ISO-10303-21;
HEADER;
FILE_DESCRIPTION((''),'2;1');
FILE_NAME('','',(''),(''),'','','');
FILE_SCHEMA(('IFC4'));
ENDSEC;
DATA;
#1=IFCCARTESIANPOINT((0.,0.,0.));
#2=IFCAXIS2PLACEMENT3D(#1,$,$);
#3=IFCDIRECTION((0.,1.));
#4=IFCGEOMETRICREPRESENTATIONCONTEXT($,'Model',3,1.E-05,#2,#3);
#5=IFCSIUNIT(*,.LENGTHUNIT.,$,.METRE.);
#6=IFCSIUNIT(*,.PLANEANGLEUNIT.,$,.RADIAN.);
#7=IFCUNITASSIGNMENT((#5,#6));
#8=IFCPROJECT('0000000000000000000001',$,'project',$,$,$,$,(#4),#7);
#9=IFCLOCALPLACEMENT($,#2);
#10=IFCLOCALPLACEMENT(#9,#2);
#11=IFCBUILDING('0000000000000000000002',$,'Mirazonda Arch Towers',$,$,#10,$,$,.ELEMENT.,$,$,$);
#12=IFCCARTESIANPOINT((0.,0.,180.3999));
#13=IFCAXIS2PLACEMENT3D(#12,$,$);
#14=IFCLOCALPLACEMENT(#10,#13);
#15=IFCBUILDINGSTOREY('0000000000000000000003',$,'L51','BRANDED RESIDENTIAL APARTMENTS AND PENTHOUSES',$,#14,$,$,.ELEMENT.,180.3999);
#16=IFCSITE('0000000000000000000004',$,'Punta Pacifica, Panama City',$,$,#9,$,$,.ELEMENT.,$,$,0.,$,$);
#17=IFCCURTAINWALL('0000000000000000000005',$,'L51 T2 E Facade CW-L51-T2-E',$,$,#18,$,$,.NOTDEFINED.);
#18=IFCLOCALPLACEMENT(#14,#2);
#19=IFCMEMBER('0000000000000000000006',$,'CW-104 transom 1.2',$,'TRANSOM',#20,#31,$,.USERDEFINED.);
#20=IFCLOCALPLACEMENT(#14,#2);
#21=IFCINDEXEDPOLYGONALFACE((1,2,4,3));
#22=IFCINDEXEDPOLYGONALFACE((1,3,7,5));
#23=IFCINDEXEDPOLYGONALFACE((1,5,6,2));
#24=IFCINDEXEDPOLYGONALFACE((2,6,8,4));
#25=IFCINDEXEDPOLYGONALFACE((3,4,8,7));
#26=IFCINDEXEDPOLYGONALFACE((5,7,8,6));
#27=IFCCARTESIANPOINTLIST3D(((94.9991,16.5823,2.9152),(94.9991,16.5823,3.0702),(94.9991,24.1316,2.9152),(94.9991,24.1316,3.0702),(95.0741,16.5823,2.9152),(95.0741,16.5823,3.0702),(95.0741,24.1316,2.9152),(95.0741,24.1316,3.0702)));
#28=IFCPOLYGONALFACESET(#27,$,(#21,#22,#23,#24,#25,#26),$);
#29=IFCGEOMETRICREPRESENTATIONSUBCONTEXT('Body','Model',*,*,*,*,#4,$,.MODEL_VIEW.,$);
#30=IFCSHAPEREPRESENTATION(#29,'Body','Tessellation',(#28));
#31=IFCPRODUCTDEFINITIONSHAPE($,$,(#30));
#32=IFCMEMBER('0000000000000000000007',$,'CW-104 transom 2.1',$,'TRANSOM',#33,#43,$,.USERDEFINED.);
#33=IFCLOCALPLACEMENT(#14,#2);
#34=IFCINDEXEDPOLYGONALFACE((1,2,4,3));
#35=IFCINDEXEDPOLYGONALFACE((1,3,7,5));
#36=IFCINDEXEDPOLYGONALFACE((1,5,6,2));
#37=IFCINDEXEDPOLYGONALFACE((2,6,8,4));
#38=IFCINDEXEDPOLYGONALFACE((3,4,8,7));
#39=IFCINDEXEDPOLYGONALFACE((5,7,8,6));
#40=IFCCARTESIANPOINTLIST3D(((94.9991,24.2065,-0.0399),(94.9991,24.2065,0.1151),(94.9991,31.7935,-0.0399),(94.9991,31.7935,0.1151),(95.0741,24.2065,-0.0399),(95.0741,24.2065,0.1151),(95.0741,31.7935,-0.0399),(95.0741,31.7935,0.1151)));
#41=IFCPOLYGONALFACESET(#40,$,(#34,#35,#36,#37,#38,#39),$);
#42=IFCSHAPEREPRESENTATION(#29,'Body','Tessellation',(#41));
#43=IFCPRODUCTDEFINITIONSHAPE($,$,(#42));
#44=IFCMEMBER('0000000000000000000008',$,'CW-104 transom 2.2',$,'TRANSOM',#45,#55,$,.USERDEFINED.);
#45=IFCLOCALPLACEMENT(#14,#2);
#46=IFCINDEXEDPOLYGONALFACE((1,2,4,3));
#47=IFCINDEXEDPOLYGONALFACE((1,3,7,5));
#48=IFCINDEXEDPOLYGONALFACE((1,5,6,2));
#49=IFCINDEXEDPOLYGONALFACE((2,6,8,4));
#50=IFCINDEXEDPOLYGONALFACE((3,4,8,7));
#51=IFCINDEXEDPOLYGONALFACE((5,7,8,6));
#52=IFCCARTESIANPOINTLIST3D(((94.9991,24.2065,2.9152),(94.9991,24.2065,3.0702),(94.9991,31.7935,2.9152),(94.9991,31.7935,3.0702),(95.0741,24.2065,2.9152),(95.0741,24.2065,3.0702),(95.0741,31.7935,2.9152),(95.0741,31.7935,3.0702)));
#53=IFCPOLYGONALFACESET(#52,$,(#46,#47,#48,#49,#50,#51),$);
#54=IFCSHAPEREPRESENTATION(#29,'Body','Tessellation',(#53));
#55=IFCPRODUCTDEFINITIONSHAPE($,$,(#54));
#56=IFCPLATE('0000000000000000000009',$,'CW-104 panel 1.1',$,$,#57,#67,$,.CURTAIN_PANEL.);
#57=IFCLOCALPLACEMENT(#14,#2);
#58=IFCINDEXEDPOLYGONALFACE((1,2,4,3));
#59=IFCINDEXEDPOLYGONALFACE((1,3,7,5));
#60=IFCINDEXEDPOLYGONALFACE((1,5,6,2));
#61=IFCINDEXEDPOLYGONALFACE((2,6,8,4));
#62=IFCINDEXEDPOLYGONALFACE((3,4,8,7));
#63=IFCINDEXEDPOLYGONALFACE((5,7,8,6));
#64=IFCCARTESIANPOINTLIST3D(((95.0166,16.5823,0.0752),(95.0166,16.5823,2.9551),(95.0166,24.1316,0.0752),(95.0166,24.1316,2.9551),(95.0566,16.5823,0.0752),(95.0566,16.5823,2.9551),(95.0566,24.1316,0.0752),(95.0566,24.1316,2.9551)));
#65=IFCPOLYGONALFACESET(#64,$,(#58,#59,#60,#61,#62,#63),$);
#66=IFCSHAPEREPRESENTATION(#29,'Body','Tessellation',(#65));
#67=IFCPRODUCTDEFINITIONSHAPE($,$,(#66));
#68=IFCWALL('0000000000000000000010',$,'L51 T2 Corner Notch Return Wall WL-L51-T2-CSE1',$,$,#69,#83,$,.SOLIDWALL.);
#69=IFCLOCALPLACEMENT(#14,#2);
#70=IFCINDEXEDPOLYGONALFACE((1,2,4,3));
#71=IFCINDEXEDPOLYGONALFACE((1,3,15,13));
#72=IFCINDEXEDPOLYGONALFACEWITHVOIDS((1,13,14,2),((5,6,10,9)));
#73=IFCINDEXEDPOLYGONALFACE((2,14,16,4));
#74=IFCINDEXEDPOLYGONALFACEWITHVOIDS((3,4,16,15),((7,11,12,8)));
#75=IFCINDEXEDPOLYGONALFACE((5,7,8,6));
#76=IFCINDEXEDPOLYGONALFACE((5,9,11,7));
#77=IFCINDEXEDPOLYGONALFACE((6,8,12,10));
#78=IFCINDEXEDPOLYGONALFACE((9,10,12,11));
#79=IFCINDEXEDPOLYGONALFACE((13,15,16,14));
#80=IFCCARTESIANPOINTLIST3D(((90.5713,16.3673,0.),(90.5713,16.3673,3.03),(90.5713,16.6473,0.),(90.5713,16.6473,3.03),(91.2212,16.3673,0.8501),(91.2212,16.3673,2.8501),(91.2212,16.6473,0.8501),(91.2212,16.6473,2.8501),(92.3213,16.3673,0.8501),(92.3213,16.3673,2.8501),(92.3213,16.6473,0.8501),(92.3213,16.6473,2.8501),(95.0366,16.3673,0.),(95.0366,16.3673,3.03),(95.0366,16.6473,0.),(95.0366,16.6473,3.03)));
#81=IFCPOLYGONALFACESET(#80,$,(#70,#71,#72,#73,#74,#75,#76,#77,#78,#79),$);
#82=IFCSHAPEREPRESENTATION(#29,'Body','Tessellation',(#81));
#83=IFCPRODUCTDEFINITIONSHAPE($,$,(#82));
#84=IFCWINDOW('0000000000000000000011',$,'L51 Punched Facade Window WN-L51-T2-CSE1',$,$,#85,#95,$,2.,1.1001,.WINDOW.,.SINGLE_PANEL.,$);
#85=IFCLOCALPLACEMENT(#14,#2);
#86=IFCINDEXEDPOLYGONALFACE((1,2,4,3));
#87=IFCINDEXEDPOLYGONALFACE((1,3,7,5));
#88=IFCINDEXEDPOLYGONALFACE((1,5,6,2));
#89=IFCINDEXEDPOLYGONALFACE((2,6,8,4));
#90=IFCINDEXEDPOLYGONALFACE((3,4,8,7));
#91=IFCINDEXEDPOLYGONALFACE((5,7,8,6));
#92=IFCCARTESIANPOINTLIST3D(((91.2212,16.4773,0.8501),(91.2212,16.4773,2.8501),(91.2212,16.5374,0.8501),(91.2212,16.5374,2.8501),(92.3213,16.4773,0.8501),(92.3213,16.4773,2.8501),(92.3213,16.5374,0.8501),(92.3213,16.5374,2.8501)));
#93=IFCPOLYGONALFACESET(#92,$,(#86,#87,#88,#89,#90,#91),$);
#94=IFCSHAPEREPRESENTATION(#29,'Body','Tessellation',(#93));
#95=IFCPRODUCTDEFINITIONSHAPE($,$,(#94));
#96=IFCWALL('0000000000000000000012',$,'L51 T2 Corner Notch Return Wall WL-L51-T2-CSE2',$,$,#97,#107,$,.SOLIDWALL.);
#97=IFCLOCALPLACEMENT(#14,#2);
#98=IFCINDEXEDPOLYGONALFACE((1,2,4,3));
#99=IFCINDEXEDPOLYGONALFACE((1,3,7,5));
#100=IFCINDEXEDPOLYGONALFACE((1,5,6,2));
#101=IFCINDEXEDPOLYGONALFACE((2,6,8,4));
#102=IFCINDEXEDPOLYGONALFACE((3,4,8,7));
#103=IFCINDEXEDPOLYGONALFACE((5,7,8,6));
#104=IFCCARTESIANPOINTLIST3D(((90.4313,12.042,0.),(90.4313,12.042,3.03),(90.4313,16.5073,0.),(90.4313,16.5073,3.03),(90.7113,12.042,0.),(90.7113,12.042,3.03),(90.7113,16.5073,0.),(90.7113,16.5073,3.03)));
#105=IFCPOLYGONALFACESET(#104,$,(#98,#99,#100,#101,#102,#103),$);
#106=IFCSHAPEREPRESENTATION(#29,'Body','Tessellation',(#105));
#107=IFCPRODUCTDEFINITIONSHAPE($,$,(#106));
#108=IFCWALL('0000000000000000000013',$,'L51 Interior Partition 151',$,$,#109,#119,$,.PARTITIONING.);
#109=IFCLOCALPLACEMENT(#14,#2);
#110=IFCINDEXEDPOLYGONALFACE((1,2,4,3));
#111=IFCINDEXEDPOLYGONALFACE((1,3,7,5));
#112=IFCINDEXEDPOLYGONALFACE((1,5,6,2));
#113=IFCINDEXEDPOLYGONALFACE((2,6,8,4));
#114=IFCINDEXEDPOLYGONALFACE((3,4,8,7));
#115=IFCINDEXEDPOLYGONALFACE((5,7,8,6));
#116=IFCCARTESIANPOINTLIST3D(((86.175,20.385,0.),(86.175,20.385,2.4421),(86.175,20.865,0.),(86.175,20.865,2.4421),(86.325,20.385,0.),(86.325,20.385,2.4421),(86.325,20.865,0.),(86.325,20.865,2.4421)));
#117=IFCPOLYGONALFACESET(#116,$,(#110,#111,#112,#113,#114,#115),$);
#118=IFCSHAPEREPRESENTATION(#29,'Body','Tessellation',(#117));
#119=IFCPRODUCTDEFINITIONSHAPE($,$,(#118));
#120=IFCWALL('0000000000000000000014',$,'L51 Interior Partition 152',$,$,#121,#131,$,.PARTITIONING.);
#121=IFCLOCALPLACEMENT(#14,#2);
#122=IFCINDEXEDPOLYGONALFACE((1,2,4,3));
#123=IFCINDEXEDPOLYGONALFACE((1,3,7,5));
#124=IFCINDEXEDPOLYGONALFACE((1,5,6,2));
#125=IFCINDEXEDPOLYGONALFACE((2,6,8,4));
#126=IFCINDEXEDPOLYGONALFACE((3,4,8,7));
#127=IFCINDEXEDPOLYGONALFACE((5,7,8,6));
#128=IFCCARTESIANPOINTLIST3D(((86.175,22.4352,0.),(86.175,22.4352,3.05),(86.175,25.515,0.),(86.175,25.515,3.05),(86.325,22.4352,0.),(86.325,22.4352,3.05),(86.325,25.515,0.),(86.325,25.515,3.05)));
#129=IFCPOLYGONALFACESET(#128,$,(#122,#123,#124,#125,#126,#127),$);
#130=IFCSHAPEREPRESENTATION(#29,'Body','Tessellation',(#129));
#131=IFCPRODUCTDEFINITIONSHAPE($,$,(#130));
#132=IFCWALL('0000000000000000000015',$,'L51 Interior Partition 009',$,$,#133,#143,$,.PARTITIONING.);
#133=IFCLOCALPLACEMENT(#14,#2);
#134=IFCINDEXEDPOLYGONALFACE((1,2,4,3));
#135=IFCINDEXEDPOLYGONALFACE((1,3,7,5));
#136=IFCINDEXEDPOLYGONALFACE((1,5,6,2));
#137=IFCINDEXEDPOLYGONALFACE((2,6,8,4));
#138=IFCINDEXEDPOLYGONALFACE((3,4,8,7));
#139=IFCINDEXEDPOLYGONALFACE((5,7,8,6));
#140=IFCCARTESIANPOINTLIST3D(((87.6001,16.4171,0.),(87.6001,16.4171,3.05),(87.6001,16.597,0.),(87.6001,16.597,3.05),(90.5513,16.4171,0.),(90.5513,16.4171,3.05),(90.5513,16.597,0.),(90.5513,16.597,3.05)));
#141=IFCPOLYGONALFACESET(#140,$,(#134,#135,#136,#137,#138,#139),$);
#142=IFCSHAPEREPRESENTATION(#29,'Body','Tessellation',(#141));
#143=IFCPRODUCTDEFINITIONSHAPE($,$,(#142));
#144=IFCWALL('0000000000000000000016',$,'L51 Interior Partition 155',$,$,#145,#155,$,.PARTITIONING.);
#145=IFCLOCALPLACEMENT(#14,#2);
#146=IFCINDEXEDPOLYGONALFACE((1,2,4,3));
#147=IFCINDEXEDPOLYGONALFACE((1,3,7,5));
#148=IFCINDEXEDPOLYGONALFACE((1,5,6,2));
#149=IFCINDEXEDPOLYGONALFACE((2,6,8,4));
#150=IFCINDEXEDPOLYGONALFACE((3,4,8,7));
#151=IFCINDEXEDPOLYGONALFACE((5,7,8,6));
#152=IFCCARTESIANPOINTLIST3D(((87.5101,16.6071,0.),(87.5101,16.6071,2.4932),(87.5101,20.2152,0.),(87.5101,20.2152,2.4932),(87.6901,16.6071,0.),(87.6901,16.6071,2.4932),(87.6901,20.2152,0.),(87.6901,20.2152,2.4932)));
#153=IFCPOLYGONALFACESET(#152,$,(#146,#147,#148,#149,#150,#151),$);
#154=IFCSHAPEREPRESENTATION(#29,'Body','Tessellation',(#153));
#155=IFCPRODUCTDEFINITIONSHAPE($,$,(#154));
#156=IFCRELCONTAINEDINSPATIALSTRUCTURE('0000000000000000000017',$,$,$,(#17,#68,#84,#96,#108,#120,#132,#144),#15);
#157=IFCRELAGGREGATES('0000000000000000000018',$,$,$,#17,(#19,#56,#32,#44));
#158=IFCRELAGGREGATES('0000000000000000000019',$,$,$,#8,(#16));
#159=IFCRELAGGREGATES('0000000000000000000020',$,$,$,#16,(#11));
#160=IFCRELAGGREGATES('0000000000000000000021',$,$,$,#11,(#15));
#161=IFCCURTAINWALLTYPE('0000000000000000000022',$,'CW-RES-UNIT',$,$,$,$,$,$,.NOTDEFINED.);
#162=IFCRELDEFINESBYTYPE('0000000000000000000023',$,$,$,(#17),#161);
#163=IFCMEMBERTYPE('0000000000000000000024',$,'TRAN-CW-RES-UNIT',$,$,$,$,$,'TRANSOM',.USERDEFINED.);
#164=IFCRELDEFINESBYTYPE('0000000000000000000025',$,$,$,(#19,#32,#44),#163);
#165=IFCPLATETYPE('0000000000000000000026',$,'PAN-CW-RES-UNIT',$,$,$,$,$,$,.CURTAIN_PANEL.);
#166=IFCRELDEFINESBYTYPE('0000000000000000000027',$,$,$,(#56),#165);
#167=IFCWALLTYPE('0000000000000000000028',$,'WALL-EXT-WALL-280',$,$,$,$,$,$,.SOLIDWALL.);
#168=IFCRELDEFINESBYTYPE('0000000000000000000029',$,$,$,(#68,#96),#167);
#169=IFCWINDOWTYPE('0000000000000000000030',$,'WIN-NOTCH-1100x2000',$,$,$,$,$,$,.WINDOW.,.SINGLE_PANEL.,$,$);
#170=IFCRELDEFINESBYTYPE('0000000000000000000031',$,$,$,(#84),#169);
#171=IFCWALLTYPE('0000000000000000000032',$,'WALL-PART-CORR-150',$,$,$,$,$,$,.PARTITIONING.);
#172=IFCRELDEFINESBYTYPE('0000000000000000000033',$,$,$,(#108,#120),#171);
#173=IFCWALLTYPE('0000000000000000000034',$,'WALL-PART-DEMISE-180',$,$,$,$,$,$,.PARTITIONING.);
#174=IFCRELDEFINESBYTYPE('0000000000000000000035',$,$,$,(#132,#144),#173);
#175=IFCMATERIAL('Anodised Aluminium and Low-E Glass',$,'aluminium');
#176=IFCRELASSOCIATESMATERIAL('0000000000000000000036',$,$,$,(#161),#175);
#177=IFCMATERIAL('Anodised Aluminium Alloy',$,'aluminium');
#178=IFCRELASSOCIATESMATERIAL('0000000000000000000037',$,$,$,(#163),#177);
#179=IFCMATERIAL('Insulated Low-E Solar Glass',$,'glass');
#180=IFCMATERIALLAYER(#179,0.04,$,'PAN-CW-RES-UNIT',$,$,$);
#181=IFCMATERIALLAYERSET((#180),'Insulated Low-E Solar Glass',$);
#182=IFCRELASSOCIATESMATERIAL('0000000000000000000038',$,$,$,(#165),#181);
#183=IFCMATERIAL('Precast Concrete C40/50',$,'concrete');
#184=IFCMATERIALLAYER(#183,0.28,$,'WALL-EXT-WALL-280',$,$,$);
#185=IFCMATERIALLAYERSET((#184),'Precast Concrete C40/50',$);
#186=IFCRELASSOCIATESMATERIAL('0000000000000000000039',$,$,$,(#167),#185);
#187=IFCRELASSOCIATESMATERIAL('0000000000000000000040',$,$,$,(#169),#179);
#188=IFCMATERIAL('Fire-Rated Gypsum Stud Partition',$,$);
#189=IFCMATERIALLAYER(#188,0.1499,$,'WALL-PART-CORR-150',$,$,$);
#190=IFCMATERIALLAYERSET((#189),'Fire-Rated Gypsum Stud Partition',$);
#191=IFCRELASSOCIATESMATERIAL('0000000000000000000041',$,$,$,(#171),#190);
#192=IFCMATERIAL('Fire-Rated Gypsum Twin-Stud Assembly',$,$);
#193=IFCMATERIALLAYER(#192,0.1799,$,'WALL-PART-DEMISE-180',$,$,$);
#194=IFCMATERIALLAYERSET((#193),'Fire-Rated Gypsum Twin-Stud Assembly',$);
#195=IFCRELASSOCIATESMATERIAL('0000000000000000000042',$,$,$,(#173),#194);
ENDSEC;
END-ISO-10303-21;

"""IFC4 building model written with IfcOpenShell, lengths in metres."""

from ifc_helpers import new_model, si_unit, direction, frame, frame_2d, origin, origin_2d, place, context, subcontext, project, spatial, rectangle, extrude, material, layer, layer_set, material_profile, profile_set, type_object, element, fill, aggregate, save


model = new_model("IFC4")

# Units and contexts
model_context = context("Model", 3, precision=1e-05, world=origin(), true_north=direction((0.0, 1.0)))
body_context = subcontext(model_context, "Body", "Model", "MODEL_VIEW")
ifc_project = project(units=[si_unit("LENGTHUNIT", "METRE"), si_unit("PLANEANGLEUNIT", "RADIAN")], contexts=[model_context])

# Site, building, storey
site_placement = place(None, origin())
site = spatial("IfcSite", under=ifc_project, at=site_placement, Name="Punta Pacifica, Panama City", CompositionType="ELEMENT", RefElevation=0.0)
building_placement = place(site_placement, origin())
building = spatial("IfcBuilding", under=site, at=building_placement, Name="Mirazonda Arch Towers", CompositionType="ELEMENT")
storey_placement = place(building_placement, frame((0.0, 0.0, 180.3999)))
storey = spatial("IfcBuildingStorey", under=building, at=storey_placement, Name="L51", Description="BRANDED RESIDENTIAL APARTMENTS AND PENTHOUSES", CompositionType="ELEMENT", Elevation=180.3999)

# Shared definitions
ifc_material_1 = material(Name="Anodised Aluminium and Low-E Glass", Category="aluminium")
curtain_wall_type = type_object("IfcCurtainWallType", Name="CW-RES-UNIT", PredefinedType="NOTDEFINED", material=ifc_material_1)
ifc_material_2 = material(Name="Anodised Aluminium Alloy", Category="aluminium")

# Curtain wall
curtain_wall_1_placement = place(storey_placement, origin())
curtain_wall_1 = element("IfcCurtainWall", 1, at=curtain_wall_1_placement, inside=storey, type_object=curtain_wall_type, Name="L51 T2 E Facade CW-L51-T2-E", PredefinedType="NOTDEFINED")

# Members
ifc_material_profile_1 = material_profile(ifc_material_2, rectangle(XDim=0.075, YDim=0.155, at=origin_2d()), Name="ALU-TRAN-75x155")
ifc_profile_set_1 = profile_set([ifc_material_profile_1], Name="Anodised Aluminium Alloy")
member_type_1 = type_object("IfcMemberType", Name="TRAN-CW-RES-UNIT", ElementType="TRANSOM", PredefinedType="USERDEFINED", material=ifc_profile_set_1)
member_1_placement = place(storey_placement, frame((95.0366, 16.5823, 2.9927), z_axis=(0.0, 1.0, 0.0), x_axis=(-1.0, 0.0, 0.0)))
member_1 = element("IfcMember", 2, at=member_1_placement, type_object=member_type_1, Name="CW-104 transom 1.2", ObjectType="TRANSOM", PredefinedType="USERDEFINED", context=body_context, shape_type="SweptSolid", body=[
    extrude(rectangle(XDim=0.075, YDim=0.155, at=origin_2d()), origin(), (0.0, 0.0, 1.0), 7.5493),
])
member_2_placement = place(storey_placement, frame((95.0366, 24.2065, 0.0376), z_axis=(0.0, 1.0, 0.0), x_axis=(-1.0, 0.0, 0.0)))
member_2 = element("IfcMember", 3, at=member_2_placement, type_object=member_type_1, Name="CW-104 transom 2.1", ObjectType="TRANSOM", PredefinedType="USERDEFINED", context=body_context, shape_type="SweptSolid", body=[
    extrude(rectangle(XDim=0.075, YDim=0.155, at=origin_2d()), origin(), (0.0, 0.0, 1.0), 7.5869),
])
member_3_placement = place(storey_placement, frame((95.0366, 24.2065, 2.9927), z_axis=(0.0, 1.0, 0.0), x_axis=(-1.0, 0.0, 0.0)))
member_3 = element("IfcMember", 4, at=member_3_placement, type_object=member_type_1, Name="CW-104 transom 2.2", ObjectType="TRANSOM", PredefinedType="USERDEFINED", context=body_context, shape_type="SweptSolid", body=[
    extrude(rectangle(XDim=0.075, YDim=0.155, at=origin_2d()), origin(), (0.0, 0.0, 1.0), 7.5869),
])

# Plate
ifc_material_3 = material(Name="Insulated Low-E Solar Glass", Category="glass")
ifc_layer_1 = layer(ifc_material_3, 0.04, Name="PAN-CW-RES-UNIT")
ifc_layer_set_1 = layer_set([ifc_layer_1], Name="Insulated Low-E Solar Glass")
plate_type = type_object("IfcPlateType", Name="PAN-CW-RES-UNIT", PredefinedType="CURTAIN_PANEL", material=ifc_layer_set_1)
plate_placement = place(storey_placement, frame((95.0366, 20.3569, 0.0752), z_axis=(0.0, 0.0, 1.0), x_axis=(0.0, 1.0, 0.0)))
plate = element("IfcPlate", 5, at=plate_placement, type_object=plate_type, Name="CW-104 panel 1.1", PredefinedType="CURTAIN_PANEL", context=body_context, shape_type="SweptSolid", body=[
    extrude(rectangle(XDim=7.5493, YDim=0.04, at=origin_2d()), origin(), (0.0, 0.0, 1.0), 2.8799),
])
aggregate(curtain_wall_1, [member_1, plate, member_2, member_3])

# Wall, opening, window
ifc_material_4 = material(Name="Precast Concrete C40/50", Category="concrete")
ifc_layer_2 = layer(ifc_material_4, 0.28, Name="WALL-EXT-WALL-280")
ifc_layer_set_2 = layer_set([ifc_layer_2], Name="Precast Concrete C40/50")
wall_type_1 = type_object("IfcWallType", Name="WALL-EXT-WALL-280", PredefinedType="SOLIDWALL", material=ifc_layer_set_2)
wall_1_placement = place(storey_placement, frame((90.5713, 16.5073, 0.0), z_axis=(0.0, 0.0, 1.0), x_axis=(1.0, 0.0, 0.0)))
wall_1 = element("IfcWall", 6, at=wall_1_placement, inside=storey, type_object=wall_type_1, Name="L51 T2 Corner Notch Return Wall WL-L51-T2-CSE1", PredefinedType="SOLIDWALL", context=body_context, shape_type="SweptSolid", body=[
    extrude(rectangle(XDim=4.4653, YDim=0.28, at=frame_2d((2.2327, 0.0))), origin(), (0.0, 0.0, 1.0), 3.03),
])
opening_1_placement = place(wall_1_placement, frame((0.6499, 0.0, 0.8501)))
opening_1 = element("IfcOpeningElement", 7, at=opening_1_placement, cuts=wall_1, PredefinedType="OPENING", context=body_context, shape_type="SweptSolid", body=[
    extrude(rectangle(XDim=1.1001, YDim=2.0, at=frame_2d((0.55, 1.0))), frame((0.0, 0.1499, 0.0), z_axis=(0.0, -1.0, 0.0), x_axis=(1.0, 0.0, 0.0)), (0.0, 0.0, 1.0), 0.3),
])
window_type = type_object("IfcWindowType", Name="WIN-NOTCH-1100x2000", PartitioningType="SINGLE_PANEL", PredefinedType="WINDOW", material=ifc_material_3)
window_placement = place(opening_1_placement, origin())
window = element("IfcWindow", 8, at=window_placement, inside=storey, type_object=window_type, Name="L51 Punched Facade Window WN-L51-T2-CSE1", OverallHeight=2.0, OverallWidth=1.1001, PartitioningType="SINGLE_PANEL", PredefinedType="WINDOW", context=body_context, shape_type="SweptSolid", body=[
    extrude(rectangle(XDim=1.1001, YDim=2.0, at=frame_2d((0.55, 1.0))), frame((0.0, 0.03, 0.0), z_axis=(0.0, -1.0, 0.0), x_axis=(1.0, 0.0, 0.0)), (0.0, 0.0, 1.0), 0.0601),
])
fill(opening_1, window)

# Walls
wall_2_placement = place(storey_placement, frame((90.5713, 12.042, 0.0), z_axis=(0.0, 0.0, 1.0), x_axis=(0.0, 1.0, 0.0)))
element("IfcWall", 9, at=wall_2_placement, inside=storey, type_object=wall_type_1, Name="L51 T2 Corner Notch Return Wall WL-L51-T2-CSE2", PredefinedType="SOLIDWALL", context=body_context, shape_type="SweptSolid", body=[
    extrude(rectangle(XDim=4.4653, YDim=0.28, at=frame_2d((2.2327, 0.0))), origin(), (0.0, 0.0, 1.0), 3.03),
])
ifc_material_5 = material(Name="Fire-Rated Gypsum Stud Partition")
ifc_layer_3 = layer(ifc_material_5, 0.1499, Name="WALL-PART-CORR-150")
ifc_layer_set_3 = layer_set([ifc_layer_3], Name="Fire-Rated Gypsum Stud Partition")
wall_type_2 = type_object("IfcWallType", Name="WALL-PART-CORR-150", PredefinedType="PARTITIONING", material=ifc_layer_set_3)
wall_3_placement = place(storey_placement, frame((86.25, 20.385, 0.0), z_axis=(0.0, 0.0, 1.0), x_axis=(0.0, 1.0, 0.0)))
element("IfcWall", 10, at=wall_3_placement, inside=storey, type_object=wall_type_2, Name="L51 Interior Partition 151", PredefinedType="PARTITIONING", context=body_context, shape_type="SweptSolid", body=[
    extrude(rectangle(XDim=0.48, YDim=0.1499, at=frame_2d((0.24, 0.0))), origin(), (0.0, 0.0, 1.0), 2.4421),
])
wall_4_placement = place(storey_placement, frame((86.25, 22.4351, 0.0), z_axis=(0.0, 0.0, 1.0), x_axis=(0.0, 1.0, 0.0)))
element("IfcWall", 11, at=wall_4_placement, inside=storey, type_object=wall_type_2, Name="L51 Interior Partition 152", PredefinedType="PARTITIONING", context=body_context, shape_type="SweptSolid", body=[
    extrude(rectangle(XDim=3.0798, YDim=0.1499, at=frame_2d((1.54, 0.0))), origin(), (0.0, 0.0, 1.0), 3.05),
])
ifc_material_6 = material(Name="Fire-Rated Gypsum Twin-Stud Assembly")
ifc_layer_4 = layer(ifc_material_6, 0.1799, Name="WALL-PART-DEMISE-180")
ifc_layer_set_4 = layer_set([ifc_layer_4], Name="Fire-Rated Gypsum Twin-Stud Assembly")
wall_type_3 = type_object("IfcWallType", Name="WALL-PART-DEMISE-180", PredefinedType="PARTITIONING", material=ifc_layer_set_4)
wall_5_placement = place(storey_placement, frame((87.6001, 16.5071, 0.0), z_axis=(0.0, 0.0, 1.0), x_axis=(1.0, 0.0, 0.0)))
element("IfcWall", 12, at=wall_5_placement, inside=storey, type_object=wall_type_3, Name="L51 Interior Partition 009", PredefinedType="PARTITIONING", context=body_context, shape_type="SweptSolid", body=[
    extrude(rectangle(XDim=2.9512, YDim=0.1799, at=frame_2d((1.4756, 0.0))), origin(), (0.0, 0.0, 1.0), 3.05),
])

# Wall
wall_6_placement = place(storey_placement, frame((87.6001, 16.6069, 0.0), z_axis=(0.0, 0.0, 1.0), x_axis=(0.0, 1.0, 0.0)))
element("IfcWall", 13, at=wall_6_placement, inside=storey, type_object=wall_type_3, Name="L51 Interior Partition 155", PredefinedType="PARTITIONING", context=body_context, shape_type="SweptSolid", body=[
    extrude(rectangle(XDim=3.6082, YDim=0.1799, at=frame_2d((1.8042, 0.0))), origin(), (0.0, 0.0, 1.0), 2.4932),
])

save(model, "model.ifc")
